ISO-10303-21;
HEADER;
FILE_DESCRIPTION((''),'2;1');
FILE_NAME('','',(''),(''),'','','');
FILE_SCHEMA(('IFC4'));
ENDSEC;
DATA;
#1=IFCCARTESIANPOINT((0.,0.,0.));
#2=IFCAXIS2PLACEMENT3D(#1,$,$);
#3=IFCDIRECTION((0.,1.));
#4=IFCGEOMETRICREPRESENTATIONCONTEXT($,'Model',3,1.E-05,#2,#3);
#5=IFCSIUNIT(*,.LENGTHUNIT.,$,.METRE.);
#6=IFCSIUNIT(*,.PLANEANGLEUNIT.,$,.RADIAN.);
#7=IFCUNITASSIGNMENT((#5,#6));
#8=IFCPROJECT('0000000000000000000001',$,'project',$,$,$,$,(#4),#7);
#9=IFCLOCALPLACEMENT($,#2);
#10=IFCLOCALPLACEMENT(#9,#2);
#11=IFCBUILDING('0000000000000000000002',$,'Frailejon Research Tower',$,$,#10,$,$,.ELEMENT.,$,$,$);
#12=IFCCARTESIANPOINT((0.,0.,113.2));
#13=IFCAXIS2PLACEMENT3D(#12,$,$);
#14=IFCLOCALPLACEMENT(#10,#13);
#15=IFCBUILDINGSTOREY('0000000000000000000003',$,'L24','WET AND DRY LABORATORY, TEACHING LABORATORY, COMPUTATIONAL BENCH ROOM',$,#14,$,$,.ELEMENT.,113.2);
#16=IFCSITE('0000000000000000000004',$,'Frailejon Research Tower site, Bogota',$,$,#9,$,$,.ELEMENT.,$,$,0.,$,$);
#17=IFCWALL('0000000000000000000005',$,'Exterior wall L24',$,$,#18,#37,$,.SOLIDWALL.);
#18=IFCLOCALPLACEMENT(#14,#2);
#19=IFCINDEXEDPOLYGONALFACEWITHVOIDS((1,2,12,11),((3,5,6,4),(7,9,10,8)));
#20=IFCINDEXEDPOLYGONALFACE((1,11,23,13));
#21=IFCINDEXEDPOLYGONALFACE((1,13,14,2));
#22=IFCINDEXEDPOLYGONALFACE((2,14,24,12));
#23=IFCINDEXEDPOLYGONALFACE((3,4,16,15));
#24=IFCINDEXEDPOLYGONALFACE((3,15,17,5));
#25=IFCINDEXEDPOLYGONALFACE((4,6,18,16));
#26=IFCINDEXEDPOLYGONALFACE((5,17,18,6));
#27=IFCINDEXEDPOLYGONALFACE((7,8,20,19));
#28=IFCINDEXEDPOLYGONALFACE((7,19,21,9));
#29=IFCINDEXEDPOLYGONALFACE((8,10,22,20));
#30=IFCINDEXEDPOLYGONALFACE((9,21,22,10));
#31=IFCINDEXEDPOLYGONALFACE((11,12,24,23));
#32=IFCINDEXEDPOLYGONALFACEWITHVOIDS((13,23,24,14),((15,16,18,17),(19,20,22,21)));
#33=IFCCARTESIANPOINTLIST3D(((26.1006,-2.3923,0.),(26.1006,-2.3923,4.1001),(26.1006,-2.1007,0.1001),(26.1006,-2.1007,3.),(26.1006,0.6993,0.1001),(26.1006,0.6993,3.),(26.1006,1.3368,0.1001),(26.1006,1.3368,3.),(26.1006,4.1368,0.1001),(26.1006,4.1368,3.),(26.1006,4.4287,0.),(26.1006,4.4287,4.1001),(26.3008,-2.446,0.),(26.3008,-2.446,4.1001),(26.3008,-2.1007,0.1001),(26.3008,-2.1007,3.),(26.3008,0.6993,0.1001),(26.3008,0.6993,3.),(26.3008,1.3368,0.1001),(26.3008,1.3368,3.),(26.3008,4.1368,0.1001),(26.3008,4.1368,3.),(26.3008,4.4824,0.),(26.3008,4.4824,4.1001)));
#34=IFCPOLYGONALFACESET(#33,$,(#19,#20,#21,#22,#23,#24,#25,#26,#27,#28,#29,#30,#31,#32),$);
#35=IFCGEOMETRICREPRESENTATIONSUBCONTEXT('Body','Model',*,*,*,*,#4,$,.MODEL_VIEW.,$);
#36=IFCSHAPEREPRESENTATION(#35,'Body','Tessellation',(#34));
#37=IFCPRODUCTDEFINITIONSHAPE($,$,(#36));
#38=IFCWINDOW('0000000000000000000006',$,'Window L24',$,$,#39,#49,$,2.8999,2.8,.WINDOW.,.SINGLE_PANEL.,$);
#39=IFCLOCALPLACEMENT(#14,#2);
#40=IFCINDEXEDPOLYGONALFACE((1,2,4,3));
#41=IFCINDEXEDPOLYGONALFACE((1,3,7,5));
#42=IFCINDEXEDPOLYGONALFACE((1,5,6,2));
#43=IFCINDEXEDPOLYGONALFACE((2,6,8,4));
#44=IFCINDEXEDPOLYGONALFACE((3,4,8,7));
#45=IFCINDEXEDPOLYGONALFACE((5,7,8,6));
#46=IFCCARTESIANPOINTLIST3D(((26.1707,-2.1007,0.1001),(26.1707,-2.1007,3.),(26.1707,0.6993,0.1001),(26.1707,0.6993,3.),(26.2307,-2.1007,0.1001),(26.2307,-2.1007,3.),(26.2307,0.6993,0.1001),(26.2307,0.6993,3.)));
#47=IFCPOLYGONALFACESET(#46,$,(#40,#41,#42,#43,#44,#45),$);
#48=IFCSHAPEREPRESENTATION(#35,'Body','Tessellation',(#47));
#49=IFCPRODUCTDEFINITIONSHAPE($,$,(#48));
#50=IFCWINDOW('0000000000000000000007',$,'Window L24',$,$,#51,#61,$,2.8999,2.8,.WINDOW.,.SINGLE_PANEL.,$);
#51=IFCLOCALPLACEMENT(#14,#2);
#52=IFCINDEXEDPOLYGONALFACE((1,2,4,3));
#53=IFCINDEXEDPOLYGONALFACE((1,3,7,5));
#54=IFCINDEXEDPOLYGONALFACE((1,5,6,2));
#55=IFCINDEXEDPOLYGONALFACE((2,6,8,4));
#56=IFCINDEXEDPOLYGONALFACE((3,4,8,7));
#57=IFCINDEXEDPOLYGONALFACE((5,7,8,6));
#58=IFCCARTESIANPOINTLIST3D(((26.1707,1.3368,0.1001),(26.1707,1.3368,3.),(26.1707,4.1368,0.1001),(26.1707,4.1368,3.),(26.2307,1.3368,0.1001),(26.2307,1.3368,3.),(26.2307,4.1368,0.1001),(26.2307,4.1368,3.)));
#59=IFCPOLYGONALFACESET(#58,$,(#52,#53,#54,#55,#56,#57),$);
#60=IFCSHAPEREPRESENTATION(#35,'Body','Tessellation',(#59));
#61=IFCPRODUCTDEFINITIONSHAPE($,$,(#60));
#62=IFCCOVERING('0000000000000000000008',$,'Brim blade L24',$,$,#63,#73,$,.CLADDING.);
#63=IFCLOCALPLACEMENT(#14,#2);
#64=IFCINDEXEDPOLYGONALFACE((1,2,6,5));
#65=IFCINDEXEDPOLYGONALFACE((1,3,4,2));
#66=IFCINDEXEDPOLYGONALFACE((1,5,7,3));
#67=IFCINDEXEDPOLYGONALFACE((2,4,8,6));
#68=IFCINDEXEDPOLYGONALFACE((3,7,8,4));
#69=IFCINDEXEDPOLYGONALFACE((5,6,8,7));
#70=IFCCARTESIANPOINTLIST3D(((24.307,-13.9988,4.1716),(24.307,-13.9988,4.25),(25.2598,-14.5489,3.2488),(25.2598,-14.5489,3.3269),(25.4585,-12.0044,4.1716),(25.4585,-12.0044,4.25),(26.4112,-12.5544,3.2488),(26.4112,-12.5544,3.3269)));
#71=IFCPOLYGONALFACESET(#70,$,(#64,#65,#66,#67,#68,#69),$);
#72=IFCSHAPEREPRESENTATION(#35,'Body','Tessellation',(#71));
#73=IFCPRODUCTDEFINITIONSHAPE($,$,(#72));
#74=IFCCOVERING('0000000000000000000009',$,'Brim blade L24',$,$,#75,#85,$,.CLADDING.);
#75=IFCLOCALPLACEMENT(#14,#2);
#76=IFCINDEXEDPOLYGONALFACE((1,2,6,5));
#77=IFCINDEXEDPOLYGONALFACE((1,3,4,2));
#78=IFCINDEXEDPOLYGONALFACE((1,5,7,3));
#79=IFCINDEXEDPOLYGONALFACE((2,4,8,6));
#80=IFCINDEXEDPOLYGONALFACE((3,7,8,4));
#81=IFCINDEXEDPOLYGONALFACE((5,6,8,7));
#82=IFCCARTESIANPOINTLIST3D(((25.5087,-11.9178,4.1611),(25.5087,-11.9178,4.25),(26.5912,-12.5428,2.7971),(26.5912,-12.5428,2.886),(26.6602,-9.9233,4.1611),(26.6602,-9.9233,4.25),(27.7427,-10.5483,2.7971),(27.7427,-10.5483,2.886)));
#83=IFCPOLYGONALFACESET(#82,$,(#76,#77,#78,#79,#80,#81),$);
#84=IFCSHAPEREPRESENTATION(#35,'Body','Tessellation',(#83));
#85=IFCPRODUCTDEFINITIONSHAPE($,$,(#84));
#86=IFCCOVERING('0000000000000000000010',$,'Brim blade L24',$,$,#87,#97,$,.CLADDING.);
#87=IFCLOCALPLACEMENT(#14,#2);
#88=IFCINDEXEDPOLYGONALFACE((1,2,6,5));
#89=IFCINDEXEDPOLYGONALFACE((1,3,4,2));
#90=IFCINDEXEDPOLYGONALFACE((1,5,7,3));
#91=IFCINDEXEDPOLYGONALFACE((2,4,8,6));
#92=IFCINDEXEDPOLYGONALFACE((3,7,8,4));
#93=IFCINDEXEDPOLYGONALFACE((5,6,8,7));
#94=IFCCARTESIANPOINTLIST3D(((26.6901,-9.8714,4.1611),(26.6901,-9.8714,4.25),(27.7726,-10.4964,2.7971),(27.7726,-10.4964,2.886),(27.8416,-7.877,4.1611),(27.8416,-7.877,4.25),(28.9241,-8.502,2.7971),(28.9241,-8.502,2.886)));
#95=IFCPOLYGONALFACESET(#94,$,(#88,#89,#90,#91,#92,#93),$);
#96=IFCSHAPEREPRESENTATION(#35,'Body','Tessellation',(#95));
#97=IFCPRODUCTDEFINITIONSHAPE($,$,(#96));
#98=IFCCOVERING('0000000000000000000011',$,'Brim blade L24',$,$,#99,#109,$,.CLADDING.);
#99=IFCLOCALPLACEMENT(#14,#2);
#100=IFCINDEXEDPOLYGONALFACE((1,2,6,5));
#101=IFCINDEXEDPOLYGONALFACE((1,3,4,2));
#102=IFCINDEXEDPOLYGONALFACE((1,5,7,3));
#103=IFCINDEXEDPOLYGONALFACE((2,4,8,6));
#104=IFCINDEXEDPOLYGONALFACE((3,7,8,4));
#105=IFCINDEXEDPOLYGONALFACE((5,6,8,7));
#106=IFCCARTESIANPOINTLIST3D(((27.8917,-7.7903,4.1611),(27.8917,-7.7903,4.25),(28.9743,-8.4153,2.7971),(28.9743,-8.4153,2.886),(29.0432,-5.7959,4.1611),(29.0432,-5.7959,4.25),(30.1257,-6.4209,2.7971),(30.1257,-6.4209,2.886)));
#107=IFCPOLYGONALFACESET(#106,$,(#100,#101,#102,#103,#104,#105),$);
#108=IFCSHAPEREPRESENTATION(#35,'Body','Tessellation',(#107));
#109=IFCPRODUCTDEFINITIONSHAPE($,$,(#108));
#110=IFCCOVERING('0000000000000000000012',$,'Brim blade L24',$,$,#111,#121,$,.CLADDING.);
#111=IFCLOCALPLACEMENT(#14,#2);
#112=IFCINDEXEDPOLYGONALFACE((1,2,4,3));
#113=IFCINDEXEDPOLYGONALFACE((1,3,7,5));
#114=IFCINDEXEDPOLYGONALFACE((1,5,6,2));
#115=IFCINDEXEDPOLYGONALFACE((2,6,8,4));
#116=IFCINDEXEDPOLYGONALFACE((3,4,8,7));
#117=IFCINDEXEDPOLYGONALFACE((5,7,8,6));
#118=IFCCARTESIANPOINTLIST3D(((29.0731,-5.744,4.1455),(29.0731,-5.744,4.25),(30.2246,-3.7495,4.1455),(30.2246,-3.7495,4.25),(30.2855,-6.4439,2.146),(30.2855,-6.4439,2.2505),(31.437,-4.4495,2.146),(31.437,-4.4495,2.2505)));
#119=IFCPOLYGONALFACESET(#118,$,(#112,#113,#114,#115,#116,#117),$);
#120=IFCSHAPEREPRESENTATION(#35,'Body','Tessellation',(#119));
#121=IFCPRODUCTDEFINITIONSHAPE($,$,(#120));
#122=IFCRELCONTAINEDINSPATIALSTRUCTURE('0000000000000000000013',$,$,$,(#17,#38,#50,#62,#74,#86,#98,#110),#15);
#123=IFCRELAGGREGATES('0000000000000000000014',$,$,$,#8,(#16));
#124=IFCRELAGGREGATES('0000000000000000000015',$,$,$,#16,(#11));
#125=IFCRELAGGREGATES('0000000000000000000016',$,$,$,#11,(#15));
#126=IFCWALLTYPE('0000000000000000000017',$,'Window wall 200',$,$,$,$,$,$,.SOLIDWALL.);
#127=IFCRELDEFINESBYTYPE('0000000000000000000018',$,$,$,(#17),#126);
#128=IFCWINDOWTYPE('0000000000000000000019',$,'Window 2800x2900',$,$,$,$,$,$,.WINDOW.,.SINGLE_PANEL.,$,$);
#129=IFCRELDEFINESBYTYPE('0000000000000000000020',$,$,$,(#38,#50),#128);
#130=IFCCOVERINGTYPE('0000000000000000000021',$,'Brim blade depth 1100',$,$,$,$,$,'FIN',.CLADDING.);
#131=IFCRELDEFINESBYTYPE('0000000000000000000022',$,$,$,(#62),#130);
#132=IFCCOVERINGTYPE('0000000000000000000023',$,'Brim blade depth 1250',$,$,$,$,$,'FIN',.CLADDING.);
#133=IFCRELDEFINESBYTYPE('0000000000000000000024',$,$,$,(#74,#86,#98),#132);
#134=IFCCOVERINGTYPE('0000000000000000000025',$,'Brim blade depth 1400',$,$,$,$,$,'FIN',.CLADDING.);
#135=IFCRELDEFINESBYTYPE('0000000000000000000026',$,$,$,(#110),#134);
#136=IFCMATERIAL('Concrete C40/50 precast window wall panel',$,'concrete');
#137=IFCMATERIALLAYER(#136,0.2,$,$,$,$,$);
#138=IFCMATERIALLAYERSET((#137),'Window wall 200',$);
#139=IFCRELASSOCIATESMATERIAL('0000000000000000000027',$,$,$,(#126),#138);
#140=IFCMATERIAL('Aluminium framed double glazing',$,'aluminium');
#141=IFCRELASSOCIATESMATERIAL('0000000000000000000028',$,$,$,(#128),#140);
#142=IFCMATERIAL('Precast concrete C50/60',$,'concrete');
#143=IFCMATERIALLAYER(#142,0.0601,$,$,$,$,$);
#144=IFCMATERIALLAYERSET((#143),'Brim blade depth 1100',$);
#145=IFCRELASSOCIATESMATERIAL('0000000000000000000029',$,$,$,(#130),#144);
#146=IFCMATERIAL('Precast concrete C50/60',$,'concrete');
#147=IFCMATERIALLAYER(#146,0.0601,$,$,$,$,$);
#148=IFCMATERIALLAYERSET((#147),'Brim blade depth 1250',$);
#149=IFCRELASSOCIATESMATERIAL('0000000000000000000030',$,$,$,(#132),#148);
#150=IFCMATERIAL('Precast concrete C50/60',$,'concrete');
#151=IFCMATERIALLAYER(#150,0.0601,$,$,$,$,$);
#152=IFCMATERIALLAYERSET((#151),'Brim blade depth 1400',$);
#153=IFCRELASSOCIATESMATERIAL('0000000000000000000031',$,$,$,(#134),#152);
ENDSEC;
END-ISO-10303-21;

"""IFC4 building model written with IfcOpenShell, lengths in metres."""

from ifc_helpers import new_model, si_unit, direction, frame, frame_2d, origin, place, context, subcontext, project, spatial, polyline, rectangle, outline, extrude, material, layer, layer_set, type_object, element, fill, save


model = new_model("IFC4")

# Units and contexts
model_context = context("Model", 3, precision=1e-05, world=origin(), true_north=direction((0.0, 1.0)))
body_context = subcontext(model_context, "Body", "Model", "MODEL_VIEW")
ifc_project = project(units=[si_unit("LENGTHUNIT", "METRE"), si_unit("PLANEANGLEUNIT", "RADIAN")], contexts=[model_context])

# Site, building, storey
site_placement = place(None, origin())
site = spatial("IfcSite", under=ifc_project, at=site_placement, Name="Frailejon Research Tower site, Bogota", CompositionType="ELEMENT", RefElevation=0.0)
building_placement = place(site_placement, origin())
building = spatial("IfcBuilding", under=site, at=building_placement, Name="Frailejon Research Tower", CompositionType="ELEMENT")
storey_placement = place(building_placement, frame((0.0, 0.0, 113.2)))
storey = spatial("IfcBuildingStorey", under=building, at=storey_placement, Name="L24", Description="WET AND DRY LABORATORY, TEACHING LABORATORY, COMPUTATIONAL BENCH ROOM", CompositionType="ELEMENT", Elevation=113.2)

# Wall, openings, windows
ifc_material_1 = material(Name="Concrete C40/50 precast window wall panel", Category="concrete")
ifc_layer_1 = layer(ifc_material_1, 0.2)
ifc_layer_set_1 = layer_set([ifc_layer_1], Name="Window wall 200")
wall_type_1 = type_object("IfcWallType", Name="Window wall 200", PredefinedType="SOLIDWALL", material=ifc_layer_set_1)
wall_1_placement = place(storey_placement, frame((26.2007, -2.4192, 0.0), z_axis=(0.0, 0.0, 1.0), x_axis=(0.0, 1.0, 0.0)))
wall_1 = element("IfcWall", 1, at=wall_1_placement, inside=storey, type_object=wall_type_1, Name="Exterior wall L24", PredefinedType="SOLIDWALL", context=body_context, shape_type="SweptSolid", body=[
    extrude(outline(polyline([(-0.0269, -0.1001), (1.1279, -0.1001), (2.2827, -0.1001), (3.4375, -0.1001), (4.592, -0.1001), (5.7468, -0.1001), (6.9016, -0.1001), (6.8479, 0.1001), (5.7109, 0.1001), (4.5742, 0.1001), (3.4375, 0.1001), (2.3005, 0.1001), (1.1636, 0.1001), (0.0269, 0.1001), (-0.0269, -0.1001)])), origin(), (0.0, 0.0, 1.0), 4.1001),
])
opening_1_placement = place(wall_1_placement, frame((0.3186, 0.0, 0.1001)))
opening_1 = element("IfcOpeningElement", 2, at=opening_1_placement, cuts=wall_1, PredefinedType="OPENING", context=body_context, shape_type="SweptSolid", body=[
    extrude(rectangle(XDim=2.8, YDim=2.8999, at=frame_2d((1.3999, 1.45))), frame((0.0, 0.1099, 0.0), z_axis=(0.0, -1.0, 0.0), x_axis=(1.0, 0.0, 0.0)), (0.0, 0.0, 1.0), 0.22),
])
opening_2_placement = place(wall_1_placement, frame((3.7561, 0.0, 0.1001)))
opening_2 = element("IfcOpeningElement", 3, at=opening_2_placement, cuts=wall_1, PredefinedType="OPENING", context=body_context, shape_type="SweptSolid", body=[
    extrude(rectangle(XDim=2.8, YDim=2.8999, at=frame_2d((1.3999, 1.45))), frame((0.0, 0.1099, 0.0), z_axis=(0.0, -1.0, 0.0), x_axis=(1.0, 0.0, 0.0)), (0.0, 0.0, 1.0), 0.22),
])
ifc_material_2 = material(Name="Aluminium framed double glazing", Category="aluminium")
window_type = type_object("IfcWindowType", Name="Window 2800x2900", PartitioningType="SINGLE_PANEL", PredefinedType="WINDOW", material=ifc_material_2)
window_1_placement = place(opening_1_placement, origin())
window_1 = element("IfcWindow", 4, at=window_1_placement, inside=storey, type_object=window_type, Name="Window L24", OverallHeight=2.8999, OverallWidth=2.8, PartitioningType="SINGLE_PANEL", PredefinedType="WINDOW", context=body_context, shape_type="SweptSolid", body=[
    extrude(rectangle(XDim=2.8, YDim=2.8999, at=frame_2d((1.3999, 1.45))), frame((0.0, 0.03, 0.0), z_axis=(0.0, -1.0, 0.0), x_axis=(1.0, 0.0, 0.0)), (0.0, 0.0, 1.0), 0.0601),
])
fill(opening_1, window_1)
window_2_placement = place(opening_2_placement, origin())
window_2 = element("IfcWindow", 5, at=window_2_placement, inside=storey, type_object=window_type, Name="Window L24", OverallHeight=2.8999, OverallWidth=2.8, PartitioningType="SINGLE_PANEL", PredefinedType="WINDOW", context=body_context, shape_type="SweptSolid", body=[
    extrude(rectangle(XDim=2.8, YDim=2.8999, at=frame_2d((1.3999, 1.45))), frame((0.0, 0.03, 0.0), z_axis=(0.0, -1.0, 0.0), x_axis=(1.0, 0.0, 0.0)), (0.0, 0.0, 1.0), 0.0601),
])
fill(opening_2, window_2)

# Coverings
ifc_material_3 = material(Name="Precast concrete C50/60", Category="concrete")
ifc_layer_2 = layer(ifc_material_3, 0.0601)
ifc_layer_set_2 = layer_set([ifc_layer_2], Name="Brim blade depth 1100")
covering_type_1 = type_object("IfcCoveringType", Name="Brim blade depth 1100", ElementType="FIN", PredefinedType="CLADDING", material=ifc_layer_set_2)
covering_1_placement = place(storey_placement, frame((25.4585, -12.0044, 4.25), z_axis=(-0.499989, -0.866032, 0.0), x_axis=(0.866032, -0.499989, 0.0)))
element("IfcCovering", 6, at=covering_1_placement, inside=storey, type_object=covering_type_1, Name="Brim blade L24", PredefinedType="CLADDING", context=body_context, shape_type="SweptSolid", body=[
    extrude(outline(polyline([(0.0, -0.0784), (1.1001, -1.0012), (1.1001, -0.9231), (0.0, 0.0), (0.0, -0.0784)])), origin(), (0.0, 0.0, 1.0), 2.303),
])
ifc_material_4 = material(Name="Precast concrete C50/60", Category="concrete")
ifc_layer_3 = layer(ifc_material_4, 0.0601)
ifc_layer_set_3 = layer_set([ifc_layer_3], Name="Brim blade depth 1250")
covering_type_2 = type_object("IfcCoveringType", Name="Brim blade depth 1250", ElementType="FIN", PredefinedType="CLADDING", material=ifc_layer_set_3)
for number, where, z_axis, x_axis, name in (
    (7, (26.6602, -9.9233, 4.25), (-0.500005, -0.866023, 0.0), (0.866023, -0.500005, 0.0), "Brim blade L24"),
    (8, (27.8416, -7.877, 4.25), (-0.500005, -0.866023, 0.0), (0.866023, -0.500005, 0.0), "Brim blade L24"),
    (9, (29.0432, -5.7959, 4.25), (-0.499998, -0.866027, 0.0), (0.866027, -0.499998, 0.0), "Brim blade L24"),
):
    element("IfcCovering", number, at=place(storey_placement, frame(where, z_axis=z_axis, x_axis=x_axis)), inside=storey, type_object=covering_type_2, Name=name, PredefinedType="CLADDING", context=body_context, shape_type="SweptSolid", body=[
        extrude(outline(polyline([(0.0, -0.0889), (1.25, -1.4529), (1.25, -1.364), (0.0, 0.0), (0.0, -0.0889)])), origin(), (0.0, 0.0, 1.0), 2.303),
    ])
ifc_material_5 = material(Name="Precast concrete C50/60", Category="concrete")
ifc_layer_4 = layer(ifc_material_5, 0.0601)
ifc_layer_set_4 = layer_set([ifc_layer_4], Name="Brim blade depth 1400")
covering_type_3 = type_object("IfcCoveringType", Name="Brim blade depth 1400", ElementType="FIN", PredefinedType="CLADDING", material=ifc_layer_set_4)
covering_2_placement = place(storey_placement, frame((30.2246, -3.7495, 4.25), z_axis=(-0.499998, -0.866027, 0.0), x_axis=(0.866027, -0.499998, 0.0)))
element("IfcCovering", 10, at=covering_2_placement, inside=storey, type_object=covering_type_3, Name="Brim blade L24", PredefinedType="CLADDING", context=body_context, shape_type="SweptSolid", body=[
    extrude(outline(polyline([(0.0, -0.1045), (1.3999, -2.104), (1.3999, -1.9995), (0.0, 0.0), (0.0, -0.1045)])), origin(), (0.0, 0.0, 1.0), 2.303),
])

save(model, "model.ifc")
